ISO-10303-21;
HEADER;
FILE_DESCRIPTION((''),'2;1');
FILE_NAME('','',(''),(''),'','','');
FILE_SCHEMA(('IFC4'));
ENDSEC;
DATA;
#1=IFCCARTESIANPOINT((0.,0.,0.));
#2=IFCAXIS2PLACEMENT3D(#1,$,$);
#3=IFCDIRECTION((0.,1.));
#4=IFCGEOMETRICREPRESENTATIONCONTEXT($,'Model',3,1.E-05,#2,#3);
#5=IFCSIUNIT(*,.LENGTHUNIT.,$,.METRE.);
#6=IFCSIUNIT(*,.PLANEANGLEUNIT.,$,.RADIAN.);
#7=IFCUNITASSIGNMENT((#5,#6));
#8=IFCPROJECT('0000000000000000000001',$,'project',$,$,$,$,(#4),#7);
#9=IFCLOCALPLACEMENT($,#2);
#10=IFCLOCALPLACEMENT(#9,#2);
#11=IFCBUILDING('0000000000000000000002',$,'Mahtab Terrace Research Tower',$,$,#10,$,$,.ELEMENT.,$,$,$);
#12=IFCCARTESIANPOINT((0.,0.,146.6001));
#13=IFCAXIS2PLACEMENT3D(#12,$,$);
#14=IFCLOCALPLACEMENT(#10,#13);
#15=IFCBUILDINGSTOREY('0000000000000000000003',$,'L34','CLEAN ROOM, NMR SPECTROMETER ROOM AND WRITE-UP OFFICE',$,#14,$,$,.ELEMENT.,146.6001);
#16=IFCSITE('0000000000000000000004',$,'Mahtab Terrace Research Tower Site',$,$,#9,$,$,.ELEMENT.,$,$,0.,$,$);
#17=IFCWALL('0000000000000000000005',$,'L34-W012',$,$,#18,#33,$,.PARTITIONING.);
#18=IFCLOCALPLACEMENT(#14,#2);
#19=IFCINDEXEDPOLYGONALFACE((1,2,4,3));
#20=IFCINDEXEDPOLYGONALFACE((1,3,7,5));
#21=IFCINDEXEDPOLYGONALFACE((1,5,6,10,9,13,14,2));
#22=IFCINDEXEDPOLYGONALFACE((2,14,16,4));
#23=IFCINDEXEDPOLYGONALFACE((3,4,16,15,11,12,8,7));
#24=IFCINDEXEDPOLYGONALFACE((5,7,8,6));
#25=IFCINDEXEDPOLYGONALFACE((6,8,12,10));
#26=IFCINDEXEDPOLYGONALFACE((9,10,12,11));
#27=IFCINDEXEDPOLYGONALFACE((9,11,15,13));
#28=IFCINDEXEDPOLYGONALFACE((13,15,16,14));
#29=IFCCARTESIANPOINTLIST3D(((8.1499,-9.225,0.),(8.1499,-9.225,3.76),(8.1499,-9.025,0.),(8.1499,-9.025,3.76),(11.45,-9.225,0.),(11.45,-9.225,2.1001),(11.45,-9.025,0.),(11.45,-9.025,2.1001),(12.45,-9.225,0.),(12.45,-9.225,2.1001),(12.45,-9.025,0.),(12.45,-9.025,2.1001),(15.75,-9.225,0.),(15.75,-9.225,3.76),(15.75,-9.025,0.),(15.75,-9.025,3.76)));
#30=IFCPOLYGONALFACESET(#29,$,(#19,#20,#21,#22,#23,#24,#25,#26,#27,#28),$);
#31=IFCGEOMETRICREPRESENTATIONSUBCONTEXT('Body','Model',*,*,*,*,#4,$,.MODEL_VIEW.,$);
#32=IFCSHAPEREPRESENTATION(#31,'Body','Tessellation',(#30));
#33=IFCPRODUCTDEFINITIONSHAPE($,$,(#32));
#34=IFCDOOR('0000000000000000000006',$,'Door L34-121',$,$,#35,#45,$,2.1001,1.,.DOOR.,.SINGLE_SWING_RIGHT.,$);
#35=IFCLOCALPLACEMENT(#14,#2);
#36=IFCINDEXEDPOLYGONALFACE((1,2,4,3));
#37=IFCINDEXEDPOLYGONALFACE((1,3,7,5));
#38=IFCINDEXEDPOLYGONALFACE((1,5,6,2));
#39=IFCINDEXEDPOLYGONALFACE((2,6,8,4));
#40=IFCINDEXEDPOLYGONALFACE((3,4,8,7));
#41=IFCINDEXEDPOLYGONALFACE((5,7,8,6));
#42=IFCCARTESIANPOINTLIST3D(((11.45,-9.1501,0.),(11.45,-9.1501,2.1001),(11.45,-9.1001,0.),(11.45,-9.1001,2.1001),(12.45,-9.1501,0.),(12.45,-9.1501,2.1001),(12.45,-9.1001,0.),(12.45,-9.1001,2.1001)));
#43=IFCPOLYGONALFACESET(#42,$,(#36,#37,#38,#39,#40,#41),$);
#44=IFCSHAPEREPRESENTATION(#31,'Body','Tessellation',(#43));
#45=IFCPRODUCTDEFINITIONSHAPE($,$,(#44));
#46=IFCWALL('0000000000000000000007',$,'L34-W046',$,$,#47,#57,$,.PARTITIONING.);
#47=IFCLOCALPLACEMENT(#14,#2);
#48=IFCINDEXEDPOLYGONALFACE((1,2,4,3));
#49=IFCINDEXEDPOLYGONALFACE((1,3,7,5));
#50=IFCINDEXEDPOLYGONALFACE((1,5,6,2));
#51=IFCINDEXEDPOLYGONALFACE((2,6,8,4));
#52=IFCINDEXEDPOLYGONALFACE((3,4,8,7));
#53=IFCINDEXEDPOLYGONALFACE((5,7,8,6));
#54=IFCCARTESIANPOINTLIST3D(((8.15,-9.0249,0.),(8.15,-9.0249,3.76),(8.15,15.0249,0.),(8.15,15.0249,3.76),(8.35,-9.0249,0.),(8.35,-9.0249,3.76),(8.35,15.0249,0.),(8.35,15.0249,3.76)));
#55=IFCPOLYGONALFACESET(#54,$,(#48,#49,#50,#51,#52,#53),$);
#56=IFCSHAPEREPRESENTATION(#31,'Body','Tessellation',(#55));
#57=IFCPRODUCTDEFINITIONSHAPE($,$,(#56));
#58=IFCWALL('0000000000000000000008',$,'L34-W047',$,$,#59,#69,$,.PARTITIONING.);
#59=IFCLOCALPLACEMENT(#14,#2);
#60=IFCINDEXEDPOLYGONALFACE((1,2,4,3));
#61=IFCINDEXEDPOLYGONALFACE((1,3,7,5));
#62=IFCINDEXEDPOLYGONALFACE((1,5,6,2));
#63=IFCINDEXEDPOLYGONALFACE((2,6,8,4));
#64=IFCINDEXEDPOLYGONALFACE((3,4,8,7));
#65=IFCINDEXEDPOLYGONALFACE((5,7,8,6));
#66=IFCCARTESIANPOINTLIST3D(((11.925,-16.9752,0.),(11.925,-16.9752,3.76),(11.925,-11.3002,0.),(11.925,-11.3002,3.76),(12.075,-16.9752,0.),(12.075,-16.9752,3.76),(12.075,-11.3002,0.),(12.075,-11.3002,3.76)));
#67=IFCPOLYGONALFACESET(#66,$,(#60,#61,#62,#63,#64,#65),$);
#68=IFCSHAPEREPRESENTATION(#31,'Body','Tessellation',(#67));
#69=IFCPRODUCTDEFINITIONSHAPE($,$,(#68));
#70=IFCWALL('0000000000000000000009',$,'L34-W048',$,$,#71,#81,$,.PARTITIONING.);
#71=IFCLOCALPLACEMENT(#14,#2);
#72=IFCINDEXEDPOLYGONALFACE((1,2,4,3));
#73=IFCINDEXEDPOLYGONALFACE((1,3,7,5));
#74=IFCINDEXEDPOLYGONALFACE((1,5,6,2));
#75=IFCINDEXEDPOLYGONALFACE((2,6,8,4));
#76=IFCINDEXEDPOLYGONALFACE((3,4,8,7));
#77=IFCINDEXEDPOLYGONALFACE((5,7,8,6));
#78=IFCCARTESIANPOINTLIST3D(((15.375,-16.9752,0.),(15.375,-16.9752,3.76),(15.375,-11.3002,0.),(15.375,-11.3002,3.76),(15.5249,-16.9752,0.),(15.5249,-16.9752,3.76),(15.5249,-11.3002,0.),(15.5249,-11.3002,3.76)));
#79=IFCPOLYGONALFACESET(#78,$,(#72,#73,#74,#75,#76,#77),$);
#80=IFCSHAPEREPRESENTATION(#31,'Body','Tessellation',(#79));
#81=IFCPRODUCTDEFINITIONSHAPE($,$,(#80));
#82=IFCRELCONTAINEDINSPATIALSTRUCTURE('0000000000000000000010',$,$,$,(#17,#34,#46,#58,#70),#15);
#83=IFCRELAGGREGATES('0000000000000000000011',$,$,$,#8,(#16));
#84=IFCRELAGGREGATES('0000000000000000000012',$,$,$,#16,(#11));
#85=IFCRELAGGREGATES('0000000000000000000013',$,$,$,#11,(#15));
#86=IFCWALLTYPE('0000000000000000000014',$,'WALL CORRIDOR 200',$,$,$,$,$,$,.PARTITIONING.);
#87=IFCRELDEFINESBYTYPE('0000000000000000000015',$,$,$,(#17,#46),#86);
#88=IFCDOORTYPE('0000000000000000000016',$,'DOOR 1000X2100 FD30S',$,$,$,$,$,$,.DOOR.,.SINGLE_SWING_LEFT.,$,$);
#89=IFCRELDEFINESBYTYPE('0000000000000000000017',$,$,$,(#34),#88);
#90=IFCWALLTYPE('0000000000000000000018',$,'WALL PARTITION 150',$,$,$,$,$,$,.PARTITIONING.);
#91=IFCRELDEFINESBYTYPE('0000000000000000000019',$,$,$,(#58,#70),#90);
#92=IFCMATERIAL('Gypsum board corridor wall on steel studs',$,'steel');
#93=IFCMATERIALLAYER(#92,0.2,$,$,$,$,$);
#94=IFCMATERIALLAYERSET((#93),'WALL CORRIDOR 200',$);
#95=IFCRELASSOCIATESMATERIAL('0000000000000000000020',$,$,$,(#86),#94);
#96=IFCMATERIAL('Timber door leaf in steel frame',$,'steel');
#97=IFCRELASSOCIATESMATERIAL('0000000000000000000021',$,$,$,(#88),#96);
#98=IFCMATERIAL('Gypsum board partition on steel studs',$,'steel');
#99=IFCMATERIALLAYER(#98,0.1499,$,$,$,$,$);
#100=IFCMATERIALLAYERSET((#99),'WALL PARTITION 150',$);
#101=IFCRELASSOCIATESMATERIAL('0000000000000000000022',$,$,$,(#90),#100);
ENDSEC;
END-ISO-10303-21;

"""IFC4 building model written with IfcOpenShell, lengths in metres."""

from ifc_helpers import new_model, si_unit, direction, frame, frame_2d, origin, place, context, subcontext, project, spatial, rectangle, extrude, material, layer, layer_set, type_object, element, fill, save


model = new_model("IFC4")

# Units and contexts
model_context = context("Model", 3, precision=1e-05, world=origin(), true_north=direction((0.0, 1.0)))
body_context = subcontext(model_context, "Body", "Model", "MODEL_VIEW")
ifc_project = project(units=[si_unit("LENGTHUNIT", "METRE"), si_unit("PLANEANGLEUNIT", "RADIAN")], contexts=[model_context])

# Site, building, storey
site_placement = place(None, origin())
site = spatial("IfcSite", under=ifc_project, at=site_placement, Name="Mahtab Terrace Research Tower Site", CompositionType="ELEMENT", RefElevation=0.0)
building_placement = place(site_placement, origin())
building = spatial("IfcBuilding", under=site, at=building_placement, Name="Mahtab Terrace Research Tower", CompositionType="ELEMENT")
storey_placement = place(building_placement, frame((0.0, 0.0, 146.6001)))
storey = spatial("IfcBuildingStorey", under=building, at=storey_placement, Name="L34", Description="CLEAN ROOM, NMR SPECTROMETER ROOM AND WRITE-UP OFFICE", CompositionType="ELEMENT", Elevation=146.6001)

# Shared definitions
ifc_material_1 = material(Name="Gypsum board corridor wall on steel studs", Category="steel")
ifc_layer_1 = layer(ifc_material_1, 0.2)
ifc_layer_set_1 = layer_set([ifc_layer_1], Name="WALL CORRIDOR 200")
wall_type_1 = type_object("IfcWallType", Name="WALL CORRIDOR 200", PredefinedType="PARTITIONING", material=ifc_layer_set_1)
ifc_material_2 = material(Name="Timber door leaf in steel frame", Category="steel")

# Wall, opening, door
wall_1_placement = place(storey_placement, frame((8.1499, -9.125, 0.0), z_axis=(0.0, 0.0, 1.0), x_axis=(1.0, 0.0, 0.0)))
wall_1 = element("IfcWall", 1, at=wall_1_placement, inside=storey, type_object=wall_type_1, Name="L34-W012", PredefinedType="PARTITIONING", context=body_context, shape_type="SweptSolid", body=[
    extrude(rectangle(XDim=7.6001, YDim=0.2, at=frame_2d((3.8, 0.0))), origin(), (0.0, 0.0, 1.0), 3.76),
])
opening_1_placement = place(wall_1_placement, frame((3.3, 0.0, 0.0)))
opening_1 = element("IfcOpeningElement", 2, at=opening_1_placement, cuts=wall_1, PredefinedType="OPENING", context=body_context, shape_type="SweptSolid", body=[
    extrude(rectangle(XDim=1.0, YDim=2.1001, at=frame_2d((0.5, 1.05))), frame((0.0, 0.1099, 0.0), z_axis=(0.0, -1.0, 0.0), x_axis=(1.0, 0.0, 0.0)), (0.0, 0.0, 1.0), 0.22),
])
door_type_1 = type_object("IfcDoorType", Name="DOOR 1000X2100 FD30S", OperationType="SINGLE_SWING_LEFT", PredefinedType="DOOR", material=ifc_material_2)
door_1_placement = place(opening_1_placement, origin())
door_1 = element("IfcDoor", 3, at=door_1_placement, inside=storey, type_object=door_type_1, Name="Door L34-121", OperationType="SINGLE_SWING_RIGHT", OverallHeight=2.1001, OverallWidth=1.0, PredefinedType="DOOR", context=body_context, shape_type="SweptSolid", body=[
    extrude(rectangle(XDim=1.0, YDim=2.1001, at=frame_2d((0.5, 1.05))), frame((0.0, 0.0249, 0.0), z_axis=(0.0, -1.0, 0.0), x_axis=(1.0, 0.0, 0.0)), (0.0, 0.0, 1.0), 0.05),
])
fill(opening_1, door_1)

# Walls
wall_2_placement = place(storey_placement, frame((8.25, -9.0249, 0.0), z_axis=(0.0, 0.0, 1.0), x_axis=(0.0, 1.0, 0.0)))
element("IfcWall", 4, at=wall_2_placement, inside=storey, type_object=wall_type_1, Name="L34-W046", PredefinedType="PARTITIONING", context=body_context, shape_type="SweptSolid", body=[
    extrude(rectangle(XDim=24.0498, YDim=0.2, at=frame_2d((12.0249, 0.0))), origin(), (0.0, 0.0, 1.0), 3.76),
])
ifc_material_3 = material(Name="Gypsum board partition on steel studs", Category="steel")
ifc_layer_2 = layer(ifc_material_3, 0.1499)
ifc_layer_set_2 = layer_set([ifc_layer_2], Name="WALL PARTITION 150")
wall_type_2 = type_object("IfcWallType", Name="WALL PARTITION 150", PredefinedType="PARTITIONING", material=ifc_layer_set_2)
for number, where, z_axis, x_axis, name in (
    (5, (12.0, -16.9751, 0.0), (0.0, 0.0, 1.0), (0.0, 1.0, 0.0), "L34-W047"),
    (6, (15.45, -16.9751, 0.0), (0.0, 0.0, 1.0), (0.0, 1.0, 0.0), "L34-W048"),
):
    element("IfcWall", number, at=place(storey_placement, frame(where, z_axis=z_axis, x_axis=x_axis)), inside=storey, type_object=wall_type_2, Name=name, PredefinedType="PARTITIONING", context=body_context, shape_type="SweptSolid", body=[
        extrude(rectangle(XDim=5.675, YDim=0.1499, at=frame_2d((2.8374, 0.0))), origin(), (0.0, 0.0, 1.0), 3.76),
    ])

save(model, "model.ifc")
